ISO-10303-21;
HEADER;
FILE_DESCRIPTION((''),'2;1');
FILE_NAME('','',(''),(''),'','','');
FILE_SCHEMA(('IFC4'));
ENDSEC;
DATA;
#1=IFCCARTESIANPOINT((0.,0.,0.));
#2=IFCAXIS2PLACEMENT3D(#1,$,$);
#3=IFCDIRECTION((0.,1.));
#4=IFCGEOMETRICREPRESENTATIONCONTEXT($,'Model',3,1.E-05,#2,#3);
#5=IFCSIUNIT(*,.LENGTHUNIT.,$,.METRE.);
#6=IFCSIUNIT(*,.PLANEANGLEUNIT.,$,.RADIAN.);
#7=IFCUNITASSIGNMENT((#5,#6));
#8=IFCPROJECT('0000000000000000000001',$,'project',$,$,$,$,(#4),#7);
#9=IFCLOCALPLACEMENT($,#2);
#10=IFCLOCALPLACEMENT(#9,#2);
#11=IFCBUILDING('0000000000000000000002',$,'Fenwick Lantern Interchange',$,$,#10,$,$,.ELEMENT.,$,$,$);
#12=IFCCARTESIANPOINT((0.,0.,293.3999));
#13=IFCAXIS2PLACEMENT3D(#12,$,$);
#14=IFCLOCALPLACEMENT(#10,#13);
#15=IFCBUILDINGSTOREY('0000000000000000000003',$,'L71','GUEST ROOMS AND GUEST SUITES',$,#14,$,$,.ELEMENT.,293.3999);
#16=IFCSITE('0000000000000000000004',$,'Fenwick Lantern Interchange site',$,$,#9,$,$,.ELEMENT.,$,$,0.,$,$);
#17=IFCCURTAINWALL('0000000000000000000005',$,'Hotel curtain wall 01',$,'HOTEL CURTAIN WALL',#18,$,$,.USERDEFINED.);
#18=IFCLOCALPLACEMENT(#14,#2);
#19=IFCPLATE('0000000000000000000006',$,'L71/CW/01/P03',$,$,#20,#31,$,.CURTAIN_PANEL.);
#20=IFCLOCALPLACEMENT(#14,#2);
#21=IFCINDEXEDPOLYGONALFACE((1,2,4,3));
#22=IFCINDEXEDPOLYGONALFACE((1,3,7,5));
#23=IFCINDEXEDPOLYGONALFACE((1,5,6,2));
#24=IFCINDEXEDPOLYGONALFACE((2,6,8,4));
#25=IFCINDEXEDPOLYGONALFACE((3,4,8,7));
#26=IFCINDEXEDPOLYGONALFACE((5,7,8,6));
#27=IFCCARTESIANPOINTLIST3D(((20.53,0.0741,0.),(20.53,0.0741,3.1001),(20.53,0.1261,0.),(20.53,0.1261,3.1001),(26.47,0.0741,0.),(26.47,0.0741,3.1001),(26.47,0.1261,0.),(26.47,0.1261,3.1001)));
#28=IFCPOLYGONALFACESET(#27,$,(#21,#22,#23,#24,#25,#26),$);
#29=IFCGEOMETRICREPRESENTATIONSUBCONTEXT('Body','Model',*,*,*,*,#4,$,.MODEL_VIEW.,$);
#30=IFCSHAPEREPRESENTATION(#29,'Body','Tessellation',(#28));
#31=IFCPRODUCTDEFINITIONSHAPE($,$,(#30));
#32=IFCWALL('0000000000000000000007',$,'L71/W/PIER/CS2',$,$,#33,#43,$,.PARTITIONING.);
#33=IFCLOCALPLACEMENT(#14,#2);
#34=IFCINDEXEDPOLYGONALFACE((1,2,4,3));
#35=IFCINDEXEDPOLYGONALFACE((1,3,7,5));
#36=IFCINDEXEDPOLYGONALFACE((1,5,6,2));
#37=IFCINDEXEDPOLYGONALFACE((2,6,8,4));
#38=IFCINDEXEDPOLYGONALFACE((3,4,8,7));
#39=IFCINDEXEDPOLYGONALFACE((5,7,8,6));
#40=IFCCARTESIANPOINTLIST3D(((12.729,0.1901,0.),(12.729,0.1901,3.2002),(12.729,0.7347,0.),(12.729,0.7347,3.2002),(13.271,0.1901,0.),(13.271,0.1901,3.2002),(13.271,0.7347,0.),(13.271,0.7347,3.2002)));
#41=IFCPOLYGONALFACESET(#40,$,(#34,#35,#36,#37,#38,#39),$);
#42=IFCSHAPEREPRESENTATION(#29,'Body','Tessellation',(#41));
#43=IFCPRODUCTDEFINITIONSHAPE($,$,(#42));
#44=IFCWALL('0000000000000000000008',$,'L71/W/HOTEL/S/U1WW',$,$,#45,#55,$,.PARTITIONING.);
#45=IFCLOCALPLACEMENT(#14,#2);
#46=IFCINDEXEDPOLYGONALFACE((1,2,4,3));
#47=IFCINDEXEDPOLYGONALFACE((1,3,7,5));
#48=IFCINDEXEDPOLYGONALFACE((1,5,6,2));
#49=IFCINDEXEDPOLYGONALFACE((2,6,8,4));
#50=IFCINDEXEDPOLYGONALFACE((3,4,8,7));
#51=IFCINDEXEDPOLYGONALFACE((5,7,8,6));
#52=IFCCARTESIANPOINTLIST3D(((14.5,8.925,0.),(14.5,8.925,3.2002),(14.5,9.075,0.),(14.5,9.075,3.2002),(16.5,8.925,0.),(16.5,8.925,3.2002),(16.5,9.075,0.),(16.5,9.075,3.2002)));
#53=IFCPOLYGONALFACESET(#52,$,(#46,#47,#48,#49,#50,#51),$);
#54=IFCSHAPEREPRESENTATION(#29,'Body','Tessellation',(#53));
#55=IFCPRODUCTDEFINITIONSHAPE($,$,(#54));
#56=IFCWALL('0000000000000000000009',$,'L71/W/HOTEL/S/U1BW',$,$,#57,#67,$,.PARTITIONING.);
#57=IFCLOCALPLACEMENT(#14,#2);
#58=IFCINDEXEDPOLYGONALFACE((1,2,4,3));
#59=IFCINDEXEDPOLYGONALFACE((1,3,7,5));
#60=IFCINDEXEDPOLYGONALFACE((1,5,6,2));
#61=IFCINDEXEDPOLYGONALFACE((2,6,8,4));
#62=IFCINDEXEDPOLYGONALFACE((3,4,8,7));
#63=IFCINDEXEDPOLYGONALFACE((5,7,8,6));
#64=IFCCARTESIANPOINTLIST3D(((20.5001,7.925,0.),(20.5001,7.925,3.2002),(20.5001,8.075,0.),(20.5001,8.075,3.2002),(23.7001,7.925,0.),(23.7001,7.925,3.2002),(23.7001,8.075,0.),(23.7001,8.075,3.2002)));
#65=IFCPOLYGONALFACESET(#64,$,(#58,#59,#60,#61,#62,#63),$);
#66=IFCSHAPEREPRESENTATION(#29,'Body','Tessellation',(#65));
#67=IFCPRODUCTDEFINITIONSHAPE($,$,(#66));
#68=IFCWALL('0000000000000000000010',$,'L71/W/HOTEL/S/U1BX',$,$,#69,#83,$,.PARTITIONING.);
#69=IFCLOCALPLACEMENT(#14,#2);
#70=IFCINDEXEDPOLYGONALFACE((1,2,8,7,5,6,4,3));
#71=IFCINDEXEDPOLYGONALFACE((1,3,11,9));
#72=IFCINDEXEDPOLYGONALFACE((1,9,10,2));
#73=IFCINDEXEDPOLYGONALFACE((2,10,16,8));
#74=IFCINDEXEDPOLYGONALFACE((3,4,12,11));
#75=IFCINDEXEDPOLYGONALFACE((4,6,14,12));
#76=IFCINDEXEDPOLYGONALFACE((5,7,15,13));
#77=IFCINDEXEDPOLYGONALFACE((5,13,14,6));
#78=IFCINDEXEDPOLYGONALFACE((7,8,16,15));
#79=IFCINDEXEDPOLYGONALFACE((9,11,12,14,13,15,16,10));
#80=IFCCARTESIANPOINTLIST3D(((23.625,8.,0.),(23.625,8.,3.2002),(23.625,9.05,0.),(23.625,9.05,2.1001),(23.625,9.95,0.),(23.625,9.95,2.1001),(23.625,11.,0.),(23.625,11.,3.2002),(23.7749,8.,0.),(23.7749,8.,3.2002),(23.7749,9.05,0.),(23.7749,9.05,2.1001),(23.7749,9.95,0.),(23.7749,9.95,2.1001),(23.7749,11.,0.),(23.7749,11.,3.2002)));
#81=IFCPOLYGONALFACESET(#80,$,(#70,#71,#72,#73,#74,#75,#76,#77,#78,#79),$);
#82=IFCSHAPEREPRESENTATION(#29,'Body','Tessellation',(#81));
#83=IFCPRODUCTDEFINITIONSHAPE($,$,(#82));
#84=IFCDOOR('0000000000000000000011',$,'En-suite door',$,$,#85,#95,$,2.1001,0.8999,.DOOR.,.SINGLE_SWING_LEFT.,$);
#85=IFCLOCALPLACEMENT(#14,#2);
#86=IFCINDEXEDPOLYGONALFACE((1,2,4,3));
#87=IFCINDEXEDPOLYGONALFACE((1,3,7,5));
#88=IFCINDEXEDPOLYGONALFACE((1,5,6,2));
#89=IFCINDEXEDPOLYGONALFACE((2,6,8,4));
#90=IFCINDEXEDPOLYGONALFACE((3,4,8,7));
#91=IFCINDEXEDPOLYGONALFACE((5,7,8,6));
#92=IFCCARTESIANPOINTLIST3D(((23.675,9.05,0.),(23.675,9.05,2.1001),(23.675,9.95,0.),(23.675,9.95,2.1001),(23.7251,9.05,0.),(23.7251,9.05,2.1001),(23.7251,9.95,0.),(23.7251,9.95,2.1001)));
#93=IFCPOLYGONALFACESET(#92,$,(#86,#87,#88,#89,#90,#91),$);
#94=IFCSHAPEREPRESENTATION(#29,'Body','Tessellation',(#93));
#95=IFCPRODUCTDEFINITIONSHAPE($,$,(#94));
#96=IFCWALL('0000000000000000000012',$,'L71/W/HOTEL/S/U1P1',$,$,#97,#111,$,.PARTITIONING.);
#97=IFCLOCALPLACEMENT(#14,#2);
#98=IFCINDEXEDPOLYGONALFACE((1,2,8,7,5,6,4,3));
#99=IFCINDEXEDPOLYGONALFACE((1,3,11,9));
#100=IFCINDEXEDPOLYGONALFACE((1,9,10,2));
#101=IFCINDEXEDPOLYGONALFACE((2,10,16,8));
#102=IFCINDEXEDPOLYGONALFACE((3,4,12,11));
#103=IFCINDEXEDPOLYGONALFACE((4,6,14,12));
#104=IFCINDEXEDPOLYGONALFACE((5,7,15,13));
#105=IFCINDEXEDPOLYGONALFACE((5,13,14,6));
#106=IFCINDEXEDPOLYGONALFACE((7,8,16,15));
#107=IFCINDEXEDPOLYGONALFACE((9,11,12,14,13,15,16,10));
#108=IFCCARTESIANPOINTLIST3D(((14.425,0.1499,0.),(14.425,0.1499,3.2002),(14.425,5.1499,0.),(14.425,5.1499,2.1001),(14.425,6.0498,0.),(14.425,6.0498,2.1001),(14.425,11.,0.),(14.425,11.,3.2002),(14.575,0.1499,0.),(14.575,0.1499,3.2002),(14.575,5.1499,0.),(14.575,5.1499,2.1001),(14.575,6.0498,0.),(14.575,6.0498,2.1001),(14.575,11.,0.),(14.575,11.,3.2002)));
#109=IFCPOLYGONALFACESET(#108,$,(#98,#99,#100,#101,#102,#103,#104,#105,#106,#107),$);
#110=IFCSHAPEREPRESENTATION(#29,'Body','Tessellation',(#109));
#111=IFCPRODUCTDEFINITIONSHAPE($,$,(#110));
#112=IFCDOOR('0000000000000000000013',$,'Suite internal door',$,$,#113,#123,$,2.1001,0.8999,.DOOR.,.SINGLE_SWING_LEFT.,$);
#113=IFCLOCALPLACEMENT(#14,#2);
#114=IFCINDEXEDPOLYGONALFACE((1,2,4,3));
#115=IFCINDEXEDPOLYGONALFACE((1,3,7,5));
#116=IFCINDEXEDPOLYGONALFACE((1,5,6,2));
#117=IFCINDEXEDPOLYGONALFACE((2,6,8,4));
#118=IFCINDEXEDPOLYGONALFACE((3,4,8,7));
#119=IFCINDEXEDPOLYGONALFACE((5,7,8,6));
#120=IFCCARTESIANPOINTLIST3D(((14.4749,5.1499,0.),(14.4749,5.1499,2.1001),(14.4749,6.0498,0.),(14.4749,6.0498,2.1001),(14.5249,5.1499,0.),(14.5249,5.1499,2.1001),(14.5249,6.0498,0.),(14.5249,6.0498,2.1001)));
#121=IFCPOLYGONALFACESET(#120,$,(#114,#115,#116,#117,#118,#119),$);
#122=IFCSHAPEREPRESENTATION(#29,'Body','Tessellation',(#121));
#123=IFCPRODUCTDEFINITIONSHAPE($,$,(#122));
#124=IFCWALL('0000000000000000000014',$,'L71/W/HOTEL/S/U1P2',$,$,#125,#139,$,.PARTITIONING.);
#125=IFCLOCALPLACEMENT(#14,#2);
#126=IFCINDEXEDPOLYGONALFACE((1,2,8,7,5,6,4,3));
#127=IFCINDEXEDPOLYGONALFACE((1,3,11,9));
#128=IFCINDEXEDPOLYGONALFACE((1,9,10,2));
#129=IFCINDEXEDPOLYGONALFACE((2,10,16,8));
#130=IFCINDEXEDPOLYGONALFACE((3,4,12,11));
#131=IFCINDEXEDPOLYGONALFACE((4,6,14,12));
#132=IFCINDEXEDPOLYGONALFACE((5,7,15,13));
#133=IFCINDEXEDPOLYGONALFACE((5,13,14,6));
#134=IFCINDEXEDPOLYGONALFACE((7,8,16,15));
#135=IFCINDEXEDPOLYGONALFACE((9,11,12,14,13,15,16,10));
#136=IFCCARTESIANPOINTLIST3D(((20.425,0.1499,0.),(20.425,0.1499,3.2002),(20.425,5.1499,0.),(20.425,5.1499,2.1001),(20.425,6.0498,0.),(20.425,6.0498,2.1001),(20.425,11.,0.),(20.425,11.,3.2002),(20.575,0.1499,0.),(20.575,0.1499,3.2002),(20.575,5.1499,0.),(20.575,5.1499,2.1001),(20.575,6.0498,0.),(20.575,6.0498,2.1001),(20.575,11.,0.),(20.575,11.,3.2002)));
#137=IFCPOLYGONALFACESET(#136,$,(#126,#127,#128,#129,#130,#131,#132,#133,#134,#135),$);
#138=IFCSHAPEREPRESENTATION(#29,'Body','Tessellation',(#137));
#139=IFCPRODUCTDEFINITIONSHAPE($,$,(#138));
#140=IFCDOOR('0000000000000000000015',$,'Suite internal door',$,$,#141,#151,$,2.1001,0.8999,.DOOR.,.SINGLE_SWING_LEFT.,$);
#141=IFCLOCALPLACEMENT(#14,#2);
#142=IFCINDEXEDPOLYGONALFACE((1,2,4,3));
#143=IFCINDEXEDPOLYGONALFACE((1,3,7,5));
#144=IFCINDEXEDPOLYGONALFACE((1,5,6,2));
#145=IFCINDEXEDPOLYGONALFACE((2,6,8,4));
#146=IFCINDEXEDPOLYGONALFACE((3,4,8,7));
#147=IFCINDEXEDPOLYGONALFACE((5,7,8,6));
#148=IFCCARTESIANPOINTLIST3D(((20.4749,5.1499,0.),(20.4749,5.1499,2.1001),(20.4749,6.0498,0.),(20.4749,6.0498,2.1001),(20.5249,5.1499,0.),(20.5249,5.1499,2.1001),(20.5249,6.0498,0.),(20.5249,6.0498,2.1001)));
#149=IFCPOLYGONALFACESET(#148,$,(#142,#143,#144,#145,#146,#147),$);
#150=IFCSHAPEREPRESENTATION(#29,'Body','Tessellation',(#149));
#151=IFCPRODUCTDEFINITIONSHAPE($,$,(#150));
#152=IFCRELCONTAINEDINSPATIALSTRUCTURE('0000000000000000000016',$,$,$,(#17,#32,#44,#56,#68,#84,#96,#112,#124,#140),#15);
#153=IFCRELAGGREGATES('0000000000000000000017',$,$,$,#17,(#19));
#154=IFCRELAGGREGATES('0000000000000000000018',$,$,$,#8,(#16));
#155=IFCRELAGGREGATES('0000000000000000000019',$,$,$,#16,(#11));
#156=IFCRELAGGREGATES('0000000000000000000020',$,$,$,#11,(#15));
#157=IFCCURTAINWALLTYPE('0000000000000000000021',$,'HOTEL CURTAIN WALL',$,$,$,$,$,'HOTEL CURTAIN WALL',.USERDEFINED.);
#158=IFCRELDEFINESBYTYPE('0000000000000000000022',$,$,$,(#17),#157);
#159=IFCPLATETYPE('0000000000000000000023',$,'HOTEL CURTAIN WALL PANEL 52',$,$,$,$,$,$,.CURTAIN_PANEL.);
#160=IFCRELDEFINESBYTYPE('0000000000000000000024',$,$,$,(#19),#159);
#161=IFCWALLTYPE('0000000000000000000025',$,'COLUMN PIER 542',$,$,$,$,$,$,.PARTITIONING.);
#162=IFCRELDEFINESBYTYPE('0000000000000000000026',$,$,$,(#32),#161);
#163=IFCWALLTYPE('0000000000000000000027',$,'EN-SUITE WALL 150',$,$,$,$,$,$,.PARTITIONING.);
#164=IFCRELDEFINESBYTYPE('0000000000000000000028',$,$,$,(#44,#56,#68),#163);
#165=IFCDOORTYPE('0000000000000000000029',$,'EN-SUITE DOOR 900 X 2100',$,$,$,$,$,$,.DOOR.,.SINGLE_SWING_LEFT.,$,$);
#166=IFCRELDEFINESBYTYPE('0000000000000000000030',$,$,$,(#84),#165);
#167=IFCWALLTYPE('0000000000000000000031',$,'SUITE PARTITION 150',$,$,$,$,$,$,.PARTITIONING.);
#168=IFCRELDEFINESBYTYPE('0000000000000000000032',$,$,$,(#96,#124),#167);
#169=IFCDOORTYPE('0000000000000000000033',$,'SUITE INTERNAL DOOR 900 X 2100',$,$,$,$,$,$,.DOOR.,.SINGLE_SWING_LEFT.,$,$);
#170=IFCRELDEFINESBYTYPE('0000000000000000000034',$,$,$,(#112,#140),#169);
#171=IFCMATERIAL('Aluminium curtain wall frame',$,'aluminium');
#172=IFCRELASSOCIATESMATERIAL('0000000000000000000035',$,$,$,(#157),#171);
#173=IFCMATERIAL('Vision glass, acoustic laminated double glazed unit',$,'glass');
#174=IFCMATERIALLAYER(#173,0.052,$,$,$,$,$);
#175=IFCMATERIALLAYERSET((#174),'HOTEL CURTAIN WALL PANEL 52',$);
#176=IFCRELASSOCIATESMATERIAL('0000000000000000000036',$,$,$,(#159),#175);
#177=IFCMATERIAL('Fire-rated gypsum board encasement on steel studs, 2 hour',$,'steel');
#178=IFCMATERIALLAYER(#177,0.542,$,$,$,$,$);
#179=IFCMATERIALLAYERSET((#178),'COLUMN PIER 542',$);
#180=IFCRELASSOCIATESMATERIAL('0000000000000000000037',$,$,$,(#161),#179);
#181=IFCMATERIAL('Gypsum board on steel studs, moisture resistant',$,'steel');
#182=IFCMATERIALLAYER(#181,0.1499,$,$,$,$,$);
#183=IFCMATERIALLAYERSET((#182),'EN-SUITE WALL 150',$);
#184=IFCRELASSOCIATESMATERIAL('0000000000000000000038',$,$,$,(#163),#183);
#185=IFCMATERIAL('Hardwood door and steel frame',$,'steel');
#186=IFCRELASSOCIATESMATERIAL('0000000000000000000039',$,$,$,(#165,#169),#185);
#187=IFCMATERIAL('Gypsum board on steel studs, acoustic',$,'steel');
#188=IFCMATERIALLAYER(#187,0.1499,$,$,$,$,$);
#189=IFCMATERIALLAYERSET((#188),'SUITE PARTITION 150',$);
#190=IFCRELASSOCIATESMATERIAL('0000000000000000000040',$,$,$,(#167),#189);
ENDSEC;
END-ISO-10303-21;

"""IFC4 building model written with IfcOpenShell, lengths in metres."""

from ifc_helpers import new_model, si_unit, direction, frame, frame_2d, origin, origin_2d, place, context, subcontext, project, spatial, rectangle, extrude, material, layer, layer_set, type_object, element, fill, aggregate, save


model = new_model("IFC4")

# Units and contexts
model_context = context("Model", 3, precision=1e-05, world=origin(), true_north=direction((0.0, 1.0)))
body_context = subcontext(model_context, "Body", "Model", "MODEL_VIEW")
ifc_project = project(units=[si_unit("LENGTHUNIT", "METRE"), si_unit("PLANEANGLEUNIT", "RADIAN")], contexts=[model_context])

# Site, building, storey
site_placement = place(None, origin())
site = spatial("IfcSite", under=ifc_project, at=site_placement, Name="Fenwick Lantern Interchange site", CompositionType="ELEMENT", RefElevation=0.0)
building_placement = place(site_placement, origin())
building = spatial("IfcBuilding", under=site, at=building_placement, Name="Fenwick Lantern Interchange", CompositionType="ELEMENT")
storey_placement = place(building_placement, frame((0.0, 0.0, 293.3999)))
storey = spatial("IfcBuildingStorey", under=building, at=storey_placement, Name="L71", Description="GUEST ROOMS AND GUEST SUITES", CompositionType="ELEMENT", Elevation=293.3999)

# Curtain wall
ifc_material_1 = material(Name="Aluminium curtain wall frame", Category="aluminium")
curtain_wall_type = type_object("IfcCurtainWallType", Name="HOTEL CURTAIN WALL", ElementType="HOTEL CURTAIN WALL", PredefinedType="USERDEFINED", material=ifc_material_1)
curtain_wall_placement = place(storey_placement, origin())
curtain_wall = element("IfcCurtainWall", 1, at=curtain_wall_placement, inside=storey, type_object=curtain_wall_type, Name="Hotel curtain wall 01", ObjectType="HOTEL CURTAIN WALL", PredefinedType="USERDEFINED")

# Plate
ifc_material_2 = material(Name="Vision glass, acoustic laminated double glazed unit", Category="glass")
ifc_layer_1 = layer(ifc_material_2, 0.052)
ifc_layer_set_1 = layer_set([ifc_layer_1], Name="HOTEL CURTAIN WALL PANEL 52")
plate_type = type_object("IfcPlateType", Name="HOTEL CURTAIN WALL PANEL 52", PredefinedType="CURTAIN_PANEL", material=ifc_layer_set_1)
plate_placement = place(storey_placement, frame((23.5, 0.1001, 0.0), z_axis=(0.0, 0.0, 1.0), x_axis=(1.0, 0.0, 0.0)))
plate = element("IfcPlate", 2, at=plate_placement, type_object=plate_type, Name="L71/CW/01/P03", PredefinedType="CURTAIN_PANEL", context=body_context, shape_type="SweptSolid", body=[
    extrude(rectangle(XDim=5.9399, YDim=0.052, at=origin_2d()), origin(), (0.0, 0.0, 1.0), 3.1001),
])
aggregate(curtain_wall, [plate])

# Walls
ifc_material_3 = material(Name="Fire-rated gypsum board encasement on steel studs, 2 hour", Category="steel")
ifc_layer_2 = layer(ifc_material_3, 0.542)
ifc_layer_set_2 = layer_set([ifc_layer_2], Name="COLUMN PIER 542")
wall_type_1 = type_object("IfcWallType", Name="COLUMN PIER 542", PredefinedType="PARTITIONING", material=ifc_layer_set_2)
wall_1_placement = place(storey_placement, frame((13.0, 0.1899, 0.0), z_axis=(0.0, 0.0, 1.0), x_axis=(0.0, 1.0, 0.0)))
element("IfcWall", 3, at=wall_1_placement, inside=storey, type_object=wall_type_1, Name="L71/W/PIER/CS2", PredefinedType="PARTITIONING", context=body_context, shape_type="SweptSolid", body=[
    extrude(rectangle(XDim=0.5447, YDim=0.542, at=frame_2d((0.2725, 0.0))), origin(), (0.0, 0.0, 1.0), 3.2002),
])
ifc_material_4 = material(Name="Gypsum board on steel studs, moisture resistant", Category="steel")
ifc_layer_3 = layer(ifc_material_4, 0.1499)
ifc_layer_set_3 = layer_set([ifc_layer_3], Name="EN-SUITE WALL 150")
wall_type_2 = type_object("IfcWallType", Name="EN-SUITE WALL 150", PredefinedType="PARTITIONING", material=ifc_layer_set_3)
wall_2_placement = place(storey_placement, frame((14.5, 9.0, 0.0), z_axis=(0.0, 0.0, 1.0), x_axis=(1.0, 0.0, 0.0)))
element("IfcWall", 4, at=wall_2_placement, inside=storey, type_object=wall_type_2, Name="L71/W/HOTEL/S/U1WW", PredefinedType="PARTITIONING", context=body_context, shape_type="SweptSolid", body=[
    extrude(rectangle(XDim=2.0, YDim=0.1499, at=frame_2d((1.0, 0.0))), origin(), (0.0, 0.0, 1.0), 3.2002),
])
wall_3_placement = place(storey_placement, frame((20.5, 8.0, 0.0), z_axis=(0.0, 0.0, 1.0), x_axis=(1.0, 0.0, 0.0)))
element("IfcWall", 5, at=wall_3_placement, inside=storey, type_object=wall_type_2, Name="L71/W/HOTEL/S/U1BW", PredefinedType="PARTITIONING", context=body_context, shape_type="SweptSolid", body=[
    extrude(rectangle(XDim=3.2, YDim=0.1499, at=frame_2d((1.6001, 0.0))), origin(), (0.0, 0.0, 1.0), 3.2002),
])

# Walls, openings, doors
wall_4_placement = place(storey_placement, frame((23.7, 8.0, 0.0), z_axis=(0.0, 0.0, 1.0), x_axis=(0.0, 1.0, 0.0)))
wall_4 = element("IfcWall", 6, at=wall_4_placement, inside=storey, type_object=wall_type_2, Name="L71/W/HOTEL/S/U1BX", PredefinedType="PARTITIONING", context=body_context, shape_type="SweptSolid", body=[
    extrude(rectangle(XDim=3.0, YDim=0.1499, at=frame_2d((1.5, 0.0))), origin(), (0.0, 0.0, 1.0), 3.2002),
])
opening_1_placement = place(wall_4_placement, frame((1.05, 0.0, 0.0)))
opening_1 = element("IfcOpeningElement", 7, at=opening_1_placement, cuts=wall_4, PredefinedType="OPENING", context=body_context, shape_type="SweptSolid", body=[
    extrude(rectangle(XDim=0.8999, YDim=2.1001, at=frame_2d((0.45, 1.05))), frame((0.0, 0.085, 0.0), z_axis=(0.0, -1.0, 0.0), x_axis=(1.0, 0.0, 0.0)), (0.0, 0.0, 1.0), 0.1699),
])
ifc_material_5 = material(Name="Hardwood door and steel frame", Category="steel")
door_type_1 = type_object("IfcDoorType", Name="EN-SUITE DOOR 900 X 2100", OperationType="SINGLE_SWING_LEFT", PredefinedType="DOOR", material=ifc_material_5)
door_1_placement = place(opening_1_placement, origin())
door_1 = element("IfcDoor", 8, at=door_1_placement, inside=storey, type_object=door_type_1, Name="En-suite door", OperationType="SINGLE_SWING_LEFT", OverallHeight=2.1001, OverallWidth=0.8999, PredefinedType="DOOR", context=body_context, shape_type="SweptSolid", body=[
    extrude(rectangle(XDim=0.8999, YDim=2.1001, at=frame_2d((0.45, 1.05))), frame((0.0, 0.0249, 0.0), z_axis=(0.0, -1.0, 0.0), x_axis=(1.0, 0.0, 0.0)), (0.0, 0.0, 1.0), 0.05),
])
fill(opening_1, door_1)
ifc_material_6 = material(Name="Gypsum board on steel studs, acoustic", Category="steel")
ifc_layer_4 = layer(ifc_material_6, 0.1499)
ifc_layer_set_4 = layer_set([ifc_layer_4], Name="SUITE PARTITION 150")
wall_type_3 = type_object("IfcWallType", Name="SUITE PARTITION 150", PredefinedType="PARTITIONING", material=ifc_layer_set_4)
wall_5_placement = place(storey_placement, frame((14.5, 0.1499, 0.0), z_axis=(0.0, 0.0, 1.0), x_axis=(0.0, 1.0, 0.0)))
wall_5 = element("IfcWall", 9, at=wall_5_placement, inside=storey, type_object=wall_type_3, Name="L71/W/HOTEL/S/U1P1", PredefinedType="PARTITIONING", context=body_context, shape_type="SweptSolid", body=[
    extrude(rectangle(XDim=10.8501, YDim=0.1499, at=frame_2d((5.425, 0.0))), origin(), (0.0, 0.0, 1.0), 3.2002),
])
opening_2_placement = place(wall_5_placement, frame((5.0, 0.0, 0.0)))
opening_2 = element("IfcOpeningElement", 10, at=opening_2_placement, cuts=wall_5, PredefinedType="OPENING", context=body_context, shape_type="SweptSolid", body=[
    extrude(rectangle(XDim=0.8999, YDim=2.1001, at=frame_2d((0.45, 1.05))), frame((0.0, 0.085, 0.0), z_axis=(0.0, -1.0, 0.0), x_axis=(1.0, 0.0, 0.0)), (0.0, 0.0, 1.0), 0.1699),
])
door_type_2 = type_object("IfcDoorType", Name="SUITE INTERNAL DOOR 900 X 2100", OperationType="SINGLE_SWING_LEFT", PredefinedType="DOOR", material=ifc_material_5)
door_2_placement = place(opening_2_placement, frame((0.8999, 0.0, 0.0), z_axis=(0.0, 0.0, 1.0), x_axis=(-1.0, 0.0, 0.0)))
door_2 = element("IfcDoor", 11, at=door_2_placement, inside=storey, type_object=door_type_2, Name="Suite internal door", OperationType="SINGLE_SWING_LEFT", OverallHeight=2.1001, OverallWidth=0.8999, PredefinedType="DOOR", context=body_context, shape_type="SweptSolid", body=[
    extrude(rectangle(XDim=0.8999, YDim=2.1001, at=frame_2d((0.45, 1.05))), frame((0.0, 0.0249, 0.0), z_axis=(0.0, -1.0, 0.0), x_axis=(1.0, 0.0, 0.0)), (0.0, 0.0, 1.0), 0.05),
])
fill(opening_2, door_2)
wall_6_placement = place(storey_placement, frame((20.5, 0.1499, 0.0), z_axis=(0.0, 0.0, 1.0), x_axis=(0.0, 1.0, 0.0)))
wall_6 = element("IfcWall", 12, at=wall_6_placement, inside=storey, type_object=wall_type_3, Name="L71/W/HOTEL/S/U1P2", PredefinedType="PARTITIONING", context=body_context, shape_type="SweptSolid", body=[
    extrude(rectangle(XDim=10.8501, YDim=0.1499, at=frame_2d((5.425, 0.0))), origin(), (0.0, 0.0, 1.0), 3.2002),
])
opening_3_placement = place(wall_6_placement, frame((5.0, 0.0, 0.0)))
opening_3 = element("IfcOpeningElement", 13, at=opening_3_placement, cuts=wall_6, PredefinedType="OPENING", context=body_context, shape_type="SweptSolid", body=[
    extrude(rectangle(XDim=0.8999, YDim=2.1001, at=frame_2d((0.45, 1.05))), frame((0.0, 0.085, 0.0), z_axis=(0.0, -1.0, 0.0), x_axis=(1.0, 0.0, 0.0)), (0.0, 0.0, 1.0), 0.1699),
])
door_3_placement = place(opening_3_placement, frame((0.8999, 0.0, 0.0), z_axis=(0.0, 0.0, 1.0), x_axis=(-1.0, 0.0, 0.0)))
door_3 = element("IfcDoor", 14, at=door_3_placement, inside=storey, type_object=door_type_2, Name="Suite internal door", OperationType="SINGLE_SWING_LEFT", OverallHeight=2.1001, OverallWidth=0.8999, PredefinedType="DOOR", context=body_context, shape_type="SweptSolid", body=[
    extrude(rectangle(XDim=0.8999, YDim=2.1001, at=frame_2d((0.45, 1.05))), frame((0.0, 0.0249, 0.0), z_axis=(0.0, -1.0, 0.0), x_axis=(1.0, 0.0, 0.0)), (0.0, 0.0, 1.0), 0.05),
])
fill(opening_3, door_3)

save(model, "model.ifc")
